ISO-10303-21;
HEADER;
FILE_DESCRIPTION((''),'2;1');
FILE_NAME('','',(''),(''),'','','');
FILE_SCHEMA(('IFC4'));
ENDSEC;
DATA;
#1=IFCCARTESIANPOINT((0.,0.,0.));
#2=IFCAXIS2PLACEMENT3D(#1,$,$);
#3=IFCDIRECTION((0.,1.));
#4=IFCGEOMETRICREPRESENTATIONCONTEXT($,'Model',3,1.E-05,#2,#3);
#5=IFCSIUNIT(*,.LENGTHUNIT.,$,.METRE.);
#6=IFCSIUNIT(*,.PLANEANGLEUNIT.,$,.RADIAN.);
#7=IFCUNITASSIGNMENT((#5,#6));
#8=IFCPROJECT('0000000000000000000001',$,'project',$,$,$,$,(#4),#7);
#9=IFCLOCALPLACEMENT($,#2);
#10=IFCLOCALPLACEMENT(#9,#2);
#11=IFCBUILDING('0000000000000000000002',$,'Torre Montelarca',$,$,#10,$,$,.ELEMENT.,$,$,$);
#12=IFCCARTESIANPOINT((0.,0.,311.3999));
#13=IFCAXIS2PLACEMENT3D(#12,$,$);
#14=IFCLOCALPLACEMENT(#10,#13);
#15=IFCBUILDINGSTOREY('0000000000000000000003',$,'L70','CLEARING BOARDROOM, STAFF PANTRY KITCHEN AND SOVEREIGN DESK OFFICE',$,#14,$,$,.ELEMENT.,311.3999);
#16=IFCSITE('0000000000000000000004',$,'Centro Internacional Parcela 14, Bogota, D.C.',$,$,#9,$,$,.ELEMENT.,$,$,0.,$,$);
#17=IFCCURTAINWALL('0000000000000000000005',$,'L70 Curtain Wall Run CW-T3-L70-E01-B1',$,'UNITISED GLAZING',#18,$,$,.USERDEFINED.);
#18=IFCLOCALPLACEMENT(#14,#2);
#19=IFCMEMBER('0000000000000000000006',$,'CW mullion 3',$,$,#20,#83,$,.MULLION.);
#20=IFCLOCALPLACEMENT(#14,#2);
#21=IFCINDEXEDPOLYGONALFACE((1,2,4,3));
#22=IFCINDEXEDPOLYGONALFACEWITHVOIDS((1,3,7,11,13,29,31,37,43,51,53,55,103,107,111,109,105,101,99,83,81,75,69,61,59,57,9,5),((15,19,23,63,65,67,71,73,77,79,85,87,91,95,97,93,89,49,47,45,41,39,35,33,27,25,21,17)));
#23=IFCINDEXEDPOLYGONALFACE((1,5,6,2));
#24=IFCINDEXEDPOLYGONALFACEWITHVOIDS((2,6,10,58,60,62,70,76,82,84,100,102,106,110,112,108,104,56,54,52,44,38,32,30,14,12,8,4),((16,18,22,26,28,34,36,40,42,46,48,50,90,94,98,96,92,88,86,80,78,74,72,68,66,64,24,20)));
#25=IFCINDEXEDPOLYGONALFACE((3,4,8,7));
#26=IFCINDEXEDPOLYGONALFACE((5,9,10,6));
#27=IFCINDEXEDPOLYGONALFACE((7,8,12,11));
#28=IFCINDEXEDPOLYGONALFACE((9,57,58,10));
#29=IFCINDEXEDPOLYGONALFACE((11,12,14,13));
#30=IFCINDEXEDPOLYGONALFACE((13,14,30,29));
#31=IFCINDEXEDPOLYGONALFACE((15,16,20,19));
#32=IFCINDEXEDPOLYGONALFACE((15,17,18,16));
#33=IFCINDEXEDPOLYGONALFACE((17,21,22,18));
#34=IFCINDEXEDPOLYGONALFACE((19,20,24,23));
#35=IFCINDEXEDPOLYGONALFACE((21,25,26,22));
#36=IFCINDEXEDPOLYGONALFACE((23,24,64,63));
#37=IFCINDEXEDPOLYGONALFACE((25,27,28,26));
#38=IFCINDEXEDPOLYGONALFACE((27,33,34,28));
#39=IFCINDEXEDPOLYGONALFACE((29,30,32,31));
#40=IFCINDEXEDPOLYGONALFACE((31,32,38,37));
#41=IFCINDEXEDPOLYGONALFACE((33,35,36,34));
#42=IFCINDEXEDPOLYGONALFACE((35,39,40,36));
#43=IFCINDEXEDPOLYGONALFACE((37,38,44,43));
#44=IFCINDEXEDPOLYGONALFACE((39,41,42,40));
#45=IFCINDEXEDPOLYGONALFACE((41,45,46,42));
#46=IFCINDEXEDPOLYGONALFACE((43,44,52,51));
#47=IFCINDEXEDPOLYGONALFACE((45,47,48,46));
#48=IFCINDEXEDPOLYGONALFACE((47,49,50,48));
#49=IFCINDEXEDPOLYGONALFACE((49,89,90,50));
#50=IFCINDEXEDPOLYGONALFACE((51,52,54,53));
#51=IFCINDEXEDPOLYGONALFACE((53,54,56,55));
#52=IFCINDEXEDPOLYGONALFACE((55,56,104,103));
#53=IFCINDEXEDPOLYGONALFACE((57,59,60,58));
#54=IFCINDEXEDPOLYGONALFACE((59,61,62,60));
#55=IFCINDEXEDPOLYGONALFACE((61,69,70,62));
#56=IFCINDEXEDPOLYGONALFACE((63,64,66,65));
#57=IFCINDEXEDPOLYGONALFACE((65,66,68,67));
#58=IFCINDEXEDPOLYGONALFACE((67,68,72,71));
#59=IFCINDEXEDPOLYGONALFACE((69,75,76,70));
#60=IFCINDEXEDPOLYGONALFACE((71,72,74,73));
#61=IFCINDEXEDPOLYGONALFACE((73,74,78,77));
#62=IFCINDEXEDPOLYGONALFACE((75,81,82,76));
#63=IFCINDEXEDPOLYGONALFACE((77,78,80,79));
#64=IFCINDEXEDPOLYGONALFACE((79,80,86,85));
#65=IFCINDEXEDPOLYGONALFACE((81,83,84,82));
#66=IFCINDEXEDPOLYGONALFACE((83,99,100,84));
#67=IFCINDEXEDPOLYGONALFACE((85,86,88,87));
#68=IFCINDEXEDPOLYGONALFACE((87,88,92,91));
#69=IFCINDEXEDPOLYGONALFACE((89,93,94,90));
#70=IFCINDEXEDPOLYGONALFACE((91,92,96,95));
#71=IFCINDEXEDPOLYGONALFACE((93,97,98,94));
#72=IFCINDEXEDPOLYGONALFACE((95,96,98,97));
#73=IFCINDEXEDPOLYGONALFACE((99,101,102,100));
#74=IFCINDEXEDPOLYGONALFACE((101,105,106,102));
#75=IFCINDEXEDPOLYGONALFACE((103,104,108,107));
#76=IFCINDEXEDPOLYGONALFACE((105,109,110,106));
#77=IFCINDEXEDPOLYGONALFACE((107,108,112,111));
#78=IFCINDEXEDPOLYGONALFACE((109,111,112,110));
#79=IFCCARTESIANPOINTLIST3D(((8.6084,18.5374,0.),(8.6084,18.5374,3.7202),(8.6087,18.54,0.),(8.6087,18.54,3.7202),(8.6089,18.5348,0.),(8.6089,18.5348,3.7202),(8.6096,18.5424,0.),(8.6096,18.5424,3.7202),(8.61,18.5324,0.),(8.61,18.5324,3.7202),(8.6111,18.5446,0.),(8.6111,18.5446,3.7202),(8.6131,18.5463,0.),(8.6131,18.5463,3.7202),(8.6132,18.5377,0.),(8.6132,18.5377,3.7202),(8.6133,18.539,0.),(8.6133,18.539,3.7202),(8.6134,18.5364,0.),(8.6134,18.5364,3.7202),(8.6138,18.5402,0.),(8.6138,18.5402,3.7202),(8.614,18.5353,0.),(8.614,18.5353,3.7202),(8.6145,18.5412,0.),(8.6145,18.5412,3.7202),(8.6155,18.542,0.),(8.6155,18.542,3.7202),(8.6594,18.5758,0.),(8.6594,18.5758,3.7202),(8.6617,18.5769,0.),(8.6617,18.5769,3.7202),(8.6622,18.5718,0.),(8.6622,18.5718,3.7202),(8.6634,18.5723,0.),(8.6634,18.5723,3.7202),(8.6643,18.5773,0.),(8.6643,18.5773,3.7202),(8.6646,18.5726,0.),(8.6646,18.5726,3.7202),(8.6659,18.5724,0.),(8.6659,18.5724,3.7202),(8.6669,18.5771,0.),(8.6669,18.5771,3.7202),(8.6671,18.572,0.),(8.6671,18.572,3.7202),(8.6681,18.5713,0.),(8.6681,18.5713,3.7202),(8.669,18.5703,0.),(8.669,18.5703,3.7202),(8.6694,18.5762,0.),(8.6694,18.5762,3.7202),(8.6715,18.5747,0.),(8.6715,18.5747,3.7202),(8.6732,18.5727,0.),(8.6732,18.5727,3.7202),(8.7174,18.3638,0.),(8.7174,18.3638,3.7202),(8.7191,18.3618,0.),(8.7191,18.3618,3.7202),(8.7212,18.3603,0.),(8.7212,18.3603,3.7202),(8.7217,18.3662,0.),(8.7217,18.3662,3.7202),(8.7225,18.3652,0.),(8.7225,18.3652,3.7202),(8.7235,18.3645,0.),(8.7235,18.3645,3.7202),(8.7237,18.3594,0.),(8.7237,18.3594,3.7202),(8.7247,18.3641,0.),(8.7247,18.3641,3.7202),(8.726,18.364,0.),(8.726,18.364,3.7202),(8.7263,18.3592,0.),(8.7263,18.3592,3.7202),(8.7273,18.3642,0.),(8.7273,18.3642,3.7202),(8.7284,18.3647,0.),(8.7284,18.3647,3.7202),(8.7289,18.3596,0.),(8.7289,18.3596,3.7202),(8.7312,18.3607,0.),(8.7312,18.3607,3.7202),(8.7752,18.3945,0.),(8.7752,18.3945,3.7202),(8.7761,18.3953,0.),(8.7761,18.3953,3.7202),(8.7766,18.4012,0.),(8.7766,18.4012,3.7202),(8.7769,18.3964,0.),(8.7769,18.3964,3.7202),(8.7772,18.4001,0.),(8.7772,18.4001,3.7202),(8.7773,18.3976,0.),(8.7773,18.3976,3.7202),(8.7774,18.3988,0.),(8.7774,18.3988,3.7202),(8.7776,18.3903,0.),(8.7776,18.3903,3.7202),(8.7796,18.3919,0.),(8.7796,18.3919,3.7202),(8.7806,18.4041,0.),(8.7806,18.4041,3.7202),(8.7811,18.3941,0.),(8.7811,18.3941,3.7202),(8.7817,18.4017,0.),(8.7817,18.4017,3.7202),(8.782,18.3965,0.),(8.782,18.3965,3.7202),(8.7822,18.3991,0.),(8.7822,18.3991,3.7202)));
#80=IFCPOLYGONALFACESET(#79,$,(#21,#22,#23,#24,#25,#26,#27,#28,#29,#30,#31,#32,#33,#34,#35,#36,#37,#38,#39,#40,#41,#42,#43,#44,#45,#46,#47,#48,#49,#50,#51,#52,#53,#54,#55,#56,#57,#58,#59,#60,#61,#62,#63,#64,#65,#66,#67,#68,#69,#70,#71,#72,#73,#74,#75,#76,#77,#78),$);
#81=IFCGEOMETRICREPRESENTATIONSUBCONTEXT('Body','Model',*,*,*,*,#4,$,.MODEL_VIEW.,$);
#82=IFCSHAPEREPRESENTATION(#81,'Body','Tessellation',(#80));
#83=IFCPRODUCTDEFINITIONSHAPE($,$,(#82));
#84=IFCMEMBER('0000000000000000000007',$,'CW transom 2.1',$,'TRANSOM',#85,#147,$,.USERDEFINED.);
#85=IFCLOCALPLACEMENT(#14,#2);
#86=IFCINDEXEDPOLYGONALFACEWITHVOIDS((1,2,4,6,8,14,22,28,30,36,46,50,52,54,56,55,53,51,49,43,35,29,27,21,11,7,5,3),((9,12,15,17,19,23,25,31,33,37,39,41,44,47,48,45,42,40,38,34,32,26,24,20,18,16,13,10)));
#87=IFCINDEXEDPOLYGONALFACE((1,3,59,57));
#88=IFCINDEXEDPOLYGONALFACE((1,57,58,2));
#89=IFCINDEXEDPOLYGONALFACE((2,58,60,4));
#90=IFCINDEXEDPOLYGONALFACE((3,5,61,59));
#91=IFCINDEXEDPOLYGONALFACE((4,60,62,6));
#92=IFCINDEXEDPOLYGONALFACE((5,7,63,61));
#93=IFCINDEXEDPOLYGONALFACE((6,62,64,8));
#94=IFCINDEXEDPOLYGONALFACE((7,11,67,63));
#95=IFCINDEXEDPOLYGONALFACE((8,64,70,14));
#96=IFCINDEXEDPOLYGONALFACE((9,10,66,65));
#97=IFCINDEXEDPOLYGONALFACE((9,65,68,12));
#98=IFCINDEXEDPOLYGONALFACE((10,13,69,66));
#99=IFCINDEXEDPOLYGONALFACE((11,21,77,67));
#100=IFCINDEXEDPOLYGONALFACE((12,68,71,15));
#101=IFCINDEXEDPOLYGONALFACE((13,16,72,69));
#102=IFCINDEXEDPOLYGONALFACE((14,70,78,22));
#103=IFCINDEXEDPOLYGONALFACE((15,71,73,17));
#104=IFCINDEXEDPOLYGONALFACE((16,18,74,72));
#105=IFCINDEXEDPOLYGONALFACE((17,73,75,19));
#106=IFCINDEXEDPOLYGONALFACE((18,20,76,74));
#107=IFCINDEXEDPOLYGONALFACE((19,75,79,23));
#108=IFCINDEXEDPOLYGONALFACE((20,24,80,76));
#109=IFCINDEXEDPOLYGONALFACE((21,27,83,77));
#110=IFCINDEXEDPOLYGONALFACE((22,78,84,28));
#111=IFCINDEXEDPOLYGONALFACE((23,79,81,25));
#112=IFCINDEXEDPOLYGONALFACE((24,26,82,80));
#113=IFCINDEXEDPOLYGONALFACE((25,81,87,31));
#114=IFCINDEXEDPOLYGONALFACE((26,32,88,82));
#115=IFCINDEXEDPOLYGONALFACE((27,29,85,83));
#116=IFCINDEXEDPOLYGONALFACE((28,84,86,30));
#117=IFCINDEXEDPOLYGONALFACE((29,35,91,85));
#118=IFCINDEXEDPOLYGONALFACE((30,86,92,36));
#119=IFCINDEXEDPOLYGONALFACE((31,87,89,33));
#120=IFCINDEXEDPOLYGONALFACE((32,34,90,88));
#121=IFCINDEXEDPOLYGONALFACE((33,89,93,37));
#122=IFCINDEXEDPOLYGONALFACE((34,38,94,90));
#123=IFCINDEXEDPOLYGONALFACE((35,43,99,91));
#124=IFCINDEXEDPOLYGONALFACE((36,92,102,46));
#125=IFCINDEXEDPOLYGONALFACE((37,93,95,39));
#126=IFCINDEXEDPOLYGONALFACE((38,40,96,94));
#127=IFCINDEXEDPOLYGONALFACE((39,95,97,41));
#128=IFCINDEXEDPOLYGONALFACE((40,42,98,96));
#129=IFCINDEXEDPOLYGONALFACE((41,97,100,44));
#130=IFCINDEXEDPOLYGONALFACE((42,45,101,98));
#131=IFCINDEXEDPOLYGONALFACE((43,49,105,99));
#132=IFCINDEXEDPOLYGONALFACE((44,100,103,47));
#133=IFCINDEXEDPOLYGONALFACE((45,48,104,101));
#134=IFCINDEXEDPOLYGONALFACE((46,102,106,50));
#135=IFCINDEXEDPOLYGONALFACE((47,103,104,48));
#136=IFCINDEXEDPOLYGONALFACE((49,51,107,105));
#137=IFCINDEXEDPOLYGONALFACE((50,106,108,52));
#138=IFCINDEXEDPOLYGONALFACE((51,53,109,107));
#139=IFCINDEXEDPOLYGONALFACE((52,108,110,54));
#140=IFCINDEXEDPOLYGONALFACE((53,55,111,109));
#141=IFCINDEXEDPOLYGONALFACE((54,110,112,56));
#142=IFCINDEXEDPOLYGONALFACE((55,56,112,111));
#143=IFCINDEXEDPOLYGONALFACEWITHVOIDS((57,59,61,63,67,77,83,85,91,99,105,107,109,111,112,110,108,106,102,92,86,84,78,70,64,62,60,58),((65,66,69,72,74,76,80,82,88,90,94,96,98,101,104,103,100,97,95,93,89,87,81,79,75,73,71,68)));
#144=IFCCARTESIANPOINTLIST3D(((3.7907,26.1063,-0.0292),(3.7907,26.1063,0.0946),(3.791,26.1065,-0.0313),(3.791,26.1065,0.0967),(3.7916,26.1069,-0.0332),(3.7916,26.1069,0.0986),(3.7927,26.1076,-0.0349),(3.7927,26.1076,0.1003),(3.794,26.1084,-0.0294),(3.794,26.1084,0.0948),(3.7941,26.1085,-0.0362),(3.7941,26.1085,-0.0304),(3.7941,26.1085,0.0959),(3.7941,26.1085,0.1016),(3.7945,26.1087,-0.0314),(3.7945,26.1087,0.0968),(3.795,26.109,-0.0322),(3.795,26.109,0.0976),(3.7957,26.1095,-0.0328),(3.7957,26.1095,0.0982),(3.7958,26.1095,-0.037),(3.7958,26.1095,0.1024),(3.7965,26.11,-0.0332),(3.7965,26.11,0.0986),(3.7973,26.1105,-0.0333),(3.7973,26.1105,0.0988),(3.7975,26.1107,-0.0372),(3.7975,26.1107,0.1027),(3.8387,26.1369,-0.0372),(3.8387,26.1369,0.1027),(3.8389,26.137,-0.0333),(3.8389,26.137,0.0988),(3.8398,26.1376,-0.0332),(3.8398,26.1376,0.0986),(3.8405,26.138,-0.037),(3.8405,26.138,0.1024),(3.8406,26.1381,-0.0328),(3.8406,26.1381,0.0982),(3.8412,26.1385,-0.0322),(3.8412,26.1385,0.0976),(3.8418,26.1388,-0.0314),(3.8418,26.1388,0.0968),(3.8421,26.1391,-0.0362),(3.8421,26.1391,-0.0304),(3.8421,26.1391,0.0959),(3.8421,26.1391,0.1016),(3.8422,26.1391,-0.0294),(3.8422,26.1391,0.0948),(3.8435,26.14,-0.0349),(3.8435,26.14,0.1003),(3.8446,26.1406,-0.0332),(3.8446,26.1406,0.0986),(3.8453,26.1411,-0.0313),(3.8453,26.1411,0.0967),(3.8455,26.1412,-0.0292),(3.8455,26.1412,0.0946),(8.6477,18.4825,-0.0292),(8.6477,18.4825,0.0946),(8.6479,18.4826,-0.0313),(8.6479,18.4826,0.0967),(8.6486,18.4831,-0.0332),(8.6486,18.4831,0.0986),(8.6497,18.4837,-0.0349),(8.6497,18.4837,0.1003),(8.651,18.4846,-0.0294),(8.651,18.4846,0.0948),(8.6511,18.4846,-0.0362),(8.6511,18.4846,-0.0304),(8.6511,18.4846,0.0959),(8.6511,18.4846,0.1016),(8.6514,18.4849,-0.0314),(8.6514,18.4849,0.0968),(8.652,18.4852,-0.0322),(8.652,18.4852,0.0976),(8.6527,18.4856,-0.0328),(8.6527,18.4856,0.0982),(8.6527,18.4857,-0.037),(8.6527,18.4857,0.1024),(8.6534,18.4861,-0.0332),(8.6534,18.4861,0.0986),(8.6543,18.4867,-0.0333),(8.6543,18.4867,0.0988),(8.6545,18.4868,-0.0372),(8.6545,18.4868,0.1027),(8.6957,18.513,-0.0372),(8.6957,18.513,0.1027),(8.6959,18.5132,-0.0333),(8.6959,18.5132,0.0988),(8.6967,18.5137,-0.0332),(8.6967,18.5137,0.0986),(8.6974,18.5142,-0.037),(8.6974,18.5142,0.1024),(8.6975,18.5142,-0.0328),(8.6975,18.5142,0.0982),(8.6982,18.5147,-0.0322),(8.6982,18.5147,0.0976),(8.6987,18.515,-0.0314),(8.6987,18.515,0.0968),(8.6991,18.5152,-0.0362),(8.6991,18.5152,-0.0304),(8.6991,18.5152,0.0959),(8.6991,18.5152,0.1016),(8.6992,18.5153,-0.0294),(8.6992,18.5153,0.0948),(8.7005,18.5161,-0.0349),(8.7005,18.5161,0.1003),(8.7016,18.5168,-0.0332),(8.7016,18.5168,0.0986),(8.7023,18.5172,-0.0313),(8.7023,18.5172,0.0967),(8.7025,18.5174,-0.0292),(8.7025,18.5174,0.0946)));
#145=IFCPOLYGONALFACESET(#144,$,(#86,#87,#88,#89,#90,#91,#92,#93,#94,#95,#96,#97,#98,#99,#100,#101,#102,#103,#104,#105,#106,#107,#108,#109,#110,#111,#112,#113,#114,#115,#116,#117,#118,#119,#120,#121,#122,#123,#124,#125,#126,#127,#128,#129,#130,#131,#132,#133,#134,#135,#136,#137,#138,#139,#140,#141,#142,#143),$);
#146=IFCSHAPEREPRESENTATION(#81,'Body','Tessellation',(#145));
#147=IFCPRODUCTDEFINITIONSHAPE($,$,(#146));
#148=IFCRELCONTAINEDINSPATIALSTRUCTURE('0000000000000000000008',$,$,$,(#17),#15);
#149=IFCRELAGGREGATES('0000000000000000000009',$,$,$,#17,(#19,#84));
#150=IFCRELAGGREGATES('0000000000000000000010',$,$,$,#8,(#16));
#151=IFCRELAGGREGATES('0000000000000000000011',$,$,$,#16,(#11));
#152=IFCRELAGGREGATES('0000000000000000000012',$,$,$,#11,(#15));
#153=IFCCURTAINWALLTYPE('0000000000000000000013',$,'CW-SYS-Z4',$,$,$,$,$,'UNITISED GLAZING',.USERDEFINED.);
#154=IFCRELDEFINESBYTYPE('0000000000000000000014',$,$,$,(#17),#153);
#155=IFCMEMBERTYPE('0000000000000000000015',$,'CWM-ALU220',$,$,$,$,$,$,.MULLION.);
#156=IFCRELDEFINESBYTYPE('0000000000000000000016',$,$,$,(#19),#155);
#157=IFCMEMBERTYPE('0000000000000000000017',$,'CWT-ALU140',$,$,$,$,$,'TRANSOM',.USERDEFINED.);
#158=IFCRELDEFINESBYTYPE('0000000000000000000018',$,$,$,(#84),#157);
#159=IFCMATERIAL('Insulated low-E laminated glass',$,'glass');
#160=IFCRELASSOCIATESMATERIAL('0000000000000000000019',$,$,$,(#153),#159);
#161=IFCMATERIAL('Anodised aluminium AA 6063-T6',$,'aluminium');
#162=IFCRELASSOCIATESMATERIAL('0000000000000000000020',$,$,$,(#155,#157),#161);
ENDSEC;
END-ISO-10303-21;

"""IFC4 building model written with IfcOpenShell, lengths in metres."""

from ifc_helpers import new_model, si_unit, direction, frame, origin, origin_2d, place, context, subcontext, project, spatial, hollow_rectangle, extrude, source, transform, mapped, material, material_profile, profile_set, type_object, element, aggregate, save


model = new_model("IFC4")

# Units and contexts
model_context = context("Model", 3, precision=1e-05, world=origin(), true_north=direction((0.0, 1.0)))
body_context = subcontext(model_context, "Body", "Model", "MODEL_VIEW")
ifc_project = project(units=[si_unit("LENGTHUNIT", "METRE"), si_unit("PLANEANGLEUNIT", "RADIAN")], contexts=[model_context])

# Site, building, storey
site_placement = place(None, origin())
site = spatial("IfcSite", under=ifc_project, at=site_placement, Name="Centro Internacional Parcela 14, Bogota, D.C.", CompositionType="ELEMENT", RefElevation=0.0)
building_placement = place(site_placement, origin())
building = spatial("IfcBuilding", under=site, at=building_placement, Name="Torre Montelarca", CompositionType="ELEMENT")
storey_placement = place(building_placement, frame((0.0, 0.0, 311.3999)))
storey = spatial("IfcBuildingStorey", under=building, at=storey_placement, Name="L70", Description="CLEARING BOARDROOM, STAFF PANTRY KITCHEN AND SOVEREIGN DESK OFFICE", CompositionType="ELEMENT", Elevation=311.3999)

# Curtain wall, members
ifc_material_1 = material(Name="Insulated low-E laminated glass", Category="glass")
curtain_wall_type = type_object("IfcCurtainWallType", Name="CW-SYS-Z4", ElementType="UNITISED GLAZING", PredefinedType="USERDEFINED", material=ifc_material_1)
curtain_wall_placement = place(storey_placement, origin())
curtain_wall = element("IfcCurtainWall", 1, at=curtain_wall_placement, inside=storey, type_object=curtain_wall_type, Name="L70 Curtain Wall Run CW-T3-L70-E01-B1", ObjectType="UNITISED GLAZING", PredefinedType="USERDEFINED")
ifc_material_2 = material(Name="Anodised aluminium AA 6063-T6", Category="aluminium")
ifc_material_profile_1 = material_profile(ifc_material_2, hollow_rectangle(XDim=0.075, YDim=0.22, WallThickness=0.0049, InnerFilletRadius=0.0049, OuterFilletRadius=0.01, at=origin_2d()), Name="ALU75X220X5", Category="aluminium")
ifc_profile_set_1 = profile_set([ifc_material_profile_1], Name="Anodised aluminium AA 6063-T6")
member_type_1 = type_object("IfcMemberType", Name="CWM-ALU220", PredefinedType="MULLION", material=ifc_profile_set_1)
shared_shape_1 = source(origin(), body_context, "Body", "SweptSolid", [
    extrude(hollow_rectangle(XDim=0.075, YDim=0.22, WallThickness=0.0049, InnerFilletRadius=0.0049, OuterFilletRadius=0.01, at=origin_2d()), origin(), (0.0, 0.0, 1.0), 3.7202),
])
member_1_placement = place(storey_placement, frame((8.6953, 18.4683, 0.0), z_axis=(0.0, 0.0, 1.0), x_axis=(0.84339, 0.537302, 0.0)))
member_1 = element("IfcMember", 2, at=member_1_placement, type_object=member_type_1, Name="CW mullion 3", PredefinedType="MULLION", context=body_context, shape_type="MappedRepresentation", body=[
    mapped(shared_shape_1, transform((0.0, 0.0, 0.0), scale=1.0)),
])
ifc_material_profile_2 = material_profile(ifc_material_2, hollow_rectangle(XDim=0.0649, YDim=0.1399, WallThickness=0.0039, InnerFilletRadius=0.0039, OuterFilletRadius=0.0081, at=origin_2d()), Name="ALU65X140X4", Category="aluminium")
ifc_profile_set_2 = profile_set([ifc_material_profile_2], Name="Anodised aluminium AA 6063-T6")
member_type_2 = type_object("IfcMemberType", Name="CWT-ALU140", ElementType="TRANSOM", PredefinedType="USERDEFINED", material=ifc_profile_set_2)
shared_shape_2 = source(origin(), body_context, "Body", "SweptSolid", [
    extrude(hollow_rectangle(XDim=0.0649, YDim=0.1399, WallThickness=0.0039, InnerFilletRadius=0.0039, OuterFilletRadius=0.0081, at=origin_2d()), origin(), (0.0, 0.0, 1.0), 9.0396),
])
member_2_placement = place(storey_placement, frame((3.8181, 26.1238, 0.0327), z_axis=(0.537304, -0.843389, 0.0), x_axis=(0.843389, 0.537304, 0.0)))
member_2 = element("IfcMember", 3, at=member_2_placement, type_object=member_type_2, Name="CW transom 2.1", ObjectType="TRANSOM", PredefinedType="USERDEFINED", context=body_context, shape_type="MappedRepresentation", body=[
    mapped(shared_shape_2, transform((0.0, 0.0, 0.0), scale=1.0)),
])
aggregate(curtain_wall, [member_1, member_2])

save(model, "model.ifc")
